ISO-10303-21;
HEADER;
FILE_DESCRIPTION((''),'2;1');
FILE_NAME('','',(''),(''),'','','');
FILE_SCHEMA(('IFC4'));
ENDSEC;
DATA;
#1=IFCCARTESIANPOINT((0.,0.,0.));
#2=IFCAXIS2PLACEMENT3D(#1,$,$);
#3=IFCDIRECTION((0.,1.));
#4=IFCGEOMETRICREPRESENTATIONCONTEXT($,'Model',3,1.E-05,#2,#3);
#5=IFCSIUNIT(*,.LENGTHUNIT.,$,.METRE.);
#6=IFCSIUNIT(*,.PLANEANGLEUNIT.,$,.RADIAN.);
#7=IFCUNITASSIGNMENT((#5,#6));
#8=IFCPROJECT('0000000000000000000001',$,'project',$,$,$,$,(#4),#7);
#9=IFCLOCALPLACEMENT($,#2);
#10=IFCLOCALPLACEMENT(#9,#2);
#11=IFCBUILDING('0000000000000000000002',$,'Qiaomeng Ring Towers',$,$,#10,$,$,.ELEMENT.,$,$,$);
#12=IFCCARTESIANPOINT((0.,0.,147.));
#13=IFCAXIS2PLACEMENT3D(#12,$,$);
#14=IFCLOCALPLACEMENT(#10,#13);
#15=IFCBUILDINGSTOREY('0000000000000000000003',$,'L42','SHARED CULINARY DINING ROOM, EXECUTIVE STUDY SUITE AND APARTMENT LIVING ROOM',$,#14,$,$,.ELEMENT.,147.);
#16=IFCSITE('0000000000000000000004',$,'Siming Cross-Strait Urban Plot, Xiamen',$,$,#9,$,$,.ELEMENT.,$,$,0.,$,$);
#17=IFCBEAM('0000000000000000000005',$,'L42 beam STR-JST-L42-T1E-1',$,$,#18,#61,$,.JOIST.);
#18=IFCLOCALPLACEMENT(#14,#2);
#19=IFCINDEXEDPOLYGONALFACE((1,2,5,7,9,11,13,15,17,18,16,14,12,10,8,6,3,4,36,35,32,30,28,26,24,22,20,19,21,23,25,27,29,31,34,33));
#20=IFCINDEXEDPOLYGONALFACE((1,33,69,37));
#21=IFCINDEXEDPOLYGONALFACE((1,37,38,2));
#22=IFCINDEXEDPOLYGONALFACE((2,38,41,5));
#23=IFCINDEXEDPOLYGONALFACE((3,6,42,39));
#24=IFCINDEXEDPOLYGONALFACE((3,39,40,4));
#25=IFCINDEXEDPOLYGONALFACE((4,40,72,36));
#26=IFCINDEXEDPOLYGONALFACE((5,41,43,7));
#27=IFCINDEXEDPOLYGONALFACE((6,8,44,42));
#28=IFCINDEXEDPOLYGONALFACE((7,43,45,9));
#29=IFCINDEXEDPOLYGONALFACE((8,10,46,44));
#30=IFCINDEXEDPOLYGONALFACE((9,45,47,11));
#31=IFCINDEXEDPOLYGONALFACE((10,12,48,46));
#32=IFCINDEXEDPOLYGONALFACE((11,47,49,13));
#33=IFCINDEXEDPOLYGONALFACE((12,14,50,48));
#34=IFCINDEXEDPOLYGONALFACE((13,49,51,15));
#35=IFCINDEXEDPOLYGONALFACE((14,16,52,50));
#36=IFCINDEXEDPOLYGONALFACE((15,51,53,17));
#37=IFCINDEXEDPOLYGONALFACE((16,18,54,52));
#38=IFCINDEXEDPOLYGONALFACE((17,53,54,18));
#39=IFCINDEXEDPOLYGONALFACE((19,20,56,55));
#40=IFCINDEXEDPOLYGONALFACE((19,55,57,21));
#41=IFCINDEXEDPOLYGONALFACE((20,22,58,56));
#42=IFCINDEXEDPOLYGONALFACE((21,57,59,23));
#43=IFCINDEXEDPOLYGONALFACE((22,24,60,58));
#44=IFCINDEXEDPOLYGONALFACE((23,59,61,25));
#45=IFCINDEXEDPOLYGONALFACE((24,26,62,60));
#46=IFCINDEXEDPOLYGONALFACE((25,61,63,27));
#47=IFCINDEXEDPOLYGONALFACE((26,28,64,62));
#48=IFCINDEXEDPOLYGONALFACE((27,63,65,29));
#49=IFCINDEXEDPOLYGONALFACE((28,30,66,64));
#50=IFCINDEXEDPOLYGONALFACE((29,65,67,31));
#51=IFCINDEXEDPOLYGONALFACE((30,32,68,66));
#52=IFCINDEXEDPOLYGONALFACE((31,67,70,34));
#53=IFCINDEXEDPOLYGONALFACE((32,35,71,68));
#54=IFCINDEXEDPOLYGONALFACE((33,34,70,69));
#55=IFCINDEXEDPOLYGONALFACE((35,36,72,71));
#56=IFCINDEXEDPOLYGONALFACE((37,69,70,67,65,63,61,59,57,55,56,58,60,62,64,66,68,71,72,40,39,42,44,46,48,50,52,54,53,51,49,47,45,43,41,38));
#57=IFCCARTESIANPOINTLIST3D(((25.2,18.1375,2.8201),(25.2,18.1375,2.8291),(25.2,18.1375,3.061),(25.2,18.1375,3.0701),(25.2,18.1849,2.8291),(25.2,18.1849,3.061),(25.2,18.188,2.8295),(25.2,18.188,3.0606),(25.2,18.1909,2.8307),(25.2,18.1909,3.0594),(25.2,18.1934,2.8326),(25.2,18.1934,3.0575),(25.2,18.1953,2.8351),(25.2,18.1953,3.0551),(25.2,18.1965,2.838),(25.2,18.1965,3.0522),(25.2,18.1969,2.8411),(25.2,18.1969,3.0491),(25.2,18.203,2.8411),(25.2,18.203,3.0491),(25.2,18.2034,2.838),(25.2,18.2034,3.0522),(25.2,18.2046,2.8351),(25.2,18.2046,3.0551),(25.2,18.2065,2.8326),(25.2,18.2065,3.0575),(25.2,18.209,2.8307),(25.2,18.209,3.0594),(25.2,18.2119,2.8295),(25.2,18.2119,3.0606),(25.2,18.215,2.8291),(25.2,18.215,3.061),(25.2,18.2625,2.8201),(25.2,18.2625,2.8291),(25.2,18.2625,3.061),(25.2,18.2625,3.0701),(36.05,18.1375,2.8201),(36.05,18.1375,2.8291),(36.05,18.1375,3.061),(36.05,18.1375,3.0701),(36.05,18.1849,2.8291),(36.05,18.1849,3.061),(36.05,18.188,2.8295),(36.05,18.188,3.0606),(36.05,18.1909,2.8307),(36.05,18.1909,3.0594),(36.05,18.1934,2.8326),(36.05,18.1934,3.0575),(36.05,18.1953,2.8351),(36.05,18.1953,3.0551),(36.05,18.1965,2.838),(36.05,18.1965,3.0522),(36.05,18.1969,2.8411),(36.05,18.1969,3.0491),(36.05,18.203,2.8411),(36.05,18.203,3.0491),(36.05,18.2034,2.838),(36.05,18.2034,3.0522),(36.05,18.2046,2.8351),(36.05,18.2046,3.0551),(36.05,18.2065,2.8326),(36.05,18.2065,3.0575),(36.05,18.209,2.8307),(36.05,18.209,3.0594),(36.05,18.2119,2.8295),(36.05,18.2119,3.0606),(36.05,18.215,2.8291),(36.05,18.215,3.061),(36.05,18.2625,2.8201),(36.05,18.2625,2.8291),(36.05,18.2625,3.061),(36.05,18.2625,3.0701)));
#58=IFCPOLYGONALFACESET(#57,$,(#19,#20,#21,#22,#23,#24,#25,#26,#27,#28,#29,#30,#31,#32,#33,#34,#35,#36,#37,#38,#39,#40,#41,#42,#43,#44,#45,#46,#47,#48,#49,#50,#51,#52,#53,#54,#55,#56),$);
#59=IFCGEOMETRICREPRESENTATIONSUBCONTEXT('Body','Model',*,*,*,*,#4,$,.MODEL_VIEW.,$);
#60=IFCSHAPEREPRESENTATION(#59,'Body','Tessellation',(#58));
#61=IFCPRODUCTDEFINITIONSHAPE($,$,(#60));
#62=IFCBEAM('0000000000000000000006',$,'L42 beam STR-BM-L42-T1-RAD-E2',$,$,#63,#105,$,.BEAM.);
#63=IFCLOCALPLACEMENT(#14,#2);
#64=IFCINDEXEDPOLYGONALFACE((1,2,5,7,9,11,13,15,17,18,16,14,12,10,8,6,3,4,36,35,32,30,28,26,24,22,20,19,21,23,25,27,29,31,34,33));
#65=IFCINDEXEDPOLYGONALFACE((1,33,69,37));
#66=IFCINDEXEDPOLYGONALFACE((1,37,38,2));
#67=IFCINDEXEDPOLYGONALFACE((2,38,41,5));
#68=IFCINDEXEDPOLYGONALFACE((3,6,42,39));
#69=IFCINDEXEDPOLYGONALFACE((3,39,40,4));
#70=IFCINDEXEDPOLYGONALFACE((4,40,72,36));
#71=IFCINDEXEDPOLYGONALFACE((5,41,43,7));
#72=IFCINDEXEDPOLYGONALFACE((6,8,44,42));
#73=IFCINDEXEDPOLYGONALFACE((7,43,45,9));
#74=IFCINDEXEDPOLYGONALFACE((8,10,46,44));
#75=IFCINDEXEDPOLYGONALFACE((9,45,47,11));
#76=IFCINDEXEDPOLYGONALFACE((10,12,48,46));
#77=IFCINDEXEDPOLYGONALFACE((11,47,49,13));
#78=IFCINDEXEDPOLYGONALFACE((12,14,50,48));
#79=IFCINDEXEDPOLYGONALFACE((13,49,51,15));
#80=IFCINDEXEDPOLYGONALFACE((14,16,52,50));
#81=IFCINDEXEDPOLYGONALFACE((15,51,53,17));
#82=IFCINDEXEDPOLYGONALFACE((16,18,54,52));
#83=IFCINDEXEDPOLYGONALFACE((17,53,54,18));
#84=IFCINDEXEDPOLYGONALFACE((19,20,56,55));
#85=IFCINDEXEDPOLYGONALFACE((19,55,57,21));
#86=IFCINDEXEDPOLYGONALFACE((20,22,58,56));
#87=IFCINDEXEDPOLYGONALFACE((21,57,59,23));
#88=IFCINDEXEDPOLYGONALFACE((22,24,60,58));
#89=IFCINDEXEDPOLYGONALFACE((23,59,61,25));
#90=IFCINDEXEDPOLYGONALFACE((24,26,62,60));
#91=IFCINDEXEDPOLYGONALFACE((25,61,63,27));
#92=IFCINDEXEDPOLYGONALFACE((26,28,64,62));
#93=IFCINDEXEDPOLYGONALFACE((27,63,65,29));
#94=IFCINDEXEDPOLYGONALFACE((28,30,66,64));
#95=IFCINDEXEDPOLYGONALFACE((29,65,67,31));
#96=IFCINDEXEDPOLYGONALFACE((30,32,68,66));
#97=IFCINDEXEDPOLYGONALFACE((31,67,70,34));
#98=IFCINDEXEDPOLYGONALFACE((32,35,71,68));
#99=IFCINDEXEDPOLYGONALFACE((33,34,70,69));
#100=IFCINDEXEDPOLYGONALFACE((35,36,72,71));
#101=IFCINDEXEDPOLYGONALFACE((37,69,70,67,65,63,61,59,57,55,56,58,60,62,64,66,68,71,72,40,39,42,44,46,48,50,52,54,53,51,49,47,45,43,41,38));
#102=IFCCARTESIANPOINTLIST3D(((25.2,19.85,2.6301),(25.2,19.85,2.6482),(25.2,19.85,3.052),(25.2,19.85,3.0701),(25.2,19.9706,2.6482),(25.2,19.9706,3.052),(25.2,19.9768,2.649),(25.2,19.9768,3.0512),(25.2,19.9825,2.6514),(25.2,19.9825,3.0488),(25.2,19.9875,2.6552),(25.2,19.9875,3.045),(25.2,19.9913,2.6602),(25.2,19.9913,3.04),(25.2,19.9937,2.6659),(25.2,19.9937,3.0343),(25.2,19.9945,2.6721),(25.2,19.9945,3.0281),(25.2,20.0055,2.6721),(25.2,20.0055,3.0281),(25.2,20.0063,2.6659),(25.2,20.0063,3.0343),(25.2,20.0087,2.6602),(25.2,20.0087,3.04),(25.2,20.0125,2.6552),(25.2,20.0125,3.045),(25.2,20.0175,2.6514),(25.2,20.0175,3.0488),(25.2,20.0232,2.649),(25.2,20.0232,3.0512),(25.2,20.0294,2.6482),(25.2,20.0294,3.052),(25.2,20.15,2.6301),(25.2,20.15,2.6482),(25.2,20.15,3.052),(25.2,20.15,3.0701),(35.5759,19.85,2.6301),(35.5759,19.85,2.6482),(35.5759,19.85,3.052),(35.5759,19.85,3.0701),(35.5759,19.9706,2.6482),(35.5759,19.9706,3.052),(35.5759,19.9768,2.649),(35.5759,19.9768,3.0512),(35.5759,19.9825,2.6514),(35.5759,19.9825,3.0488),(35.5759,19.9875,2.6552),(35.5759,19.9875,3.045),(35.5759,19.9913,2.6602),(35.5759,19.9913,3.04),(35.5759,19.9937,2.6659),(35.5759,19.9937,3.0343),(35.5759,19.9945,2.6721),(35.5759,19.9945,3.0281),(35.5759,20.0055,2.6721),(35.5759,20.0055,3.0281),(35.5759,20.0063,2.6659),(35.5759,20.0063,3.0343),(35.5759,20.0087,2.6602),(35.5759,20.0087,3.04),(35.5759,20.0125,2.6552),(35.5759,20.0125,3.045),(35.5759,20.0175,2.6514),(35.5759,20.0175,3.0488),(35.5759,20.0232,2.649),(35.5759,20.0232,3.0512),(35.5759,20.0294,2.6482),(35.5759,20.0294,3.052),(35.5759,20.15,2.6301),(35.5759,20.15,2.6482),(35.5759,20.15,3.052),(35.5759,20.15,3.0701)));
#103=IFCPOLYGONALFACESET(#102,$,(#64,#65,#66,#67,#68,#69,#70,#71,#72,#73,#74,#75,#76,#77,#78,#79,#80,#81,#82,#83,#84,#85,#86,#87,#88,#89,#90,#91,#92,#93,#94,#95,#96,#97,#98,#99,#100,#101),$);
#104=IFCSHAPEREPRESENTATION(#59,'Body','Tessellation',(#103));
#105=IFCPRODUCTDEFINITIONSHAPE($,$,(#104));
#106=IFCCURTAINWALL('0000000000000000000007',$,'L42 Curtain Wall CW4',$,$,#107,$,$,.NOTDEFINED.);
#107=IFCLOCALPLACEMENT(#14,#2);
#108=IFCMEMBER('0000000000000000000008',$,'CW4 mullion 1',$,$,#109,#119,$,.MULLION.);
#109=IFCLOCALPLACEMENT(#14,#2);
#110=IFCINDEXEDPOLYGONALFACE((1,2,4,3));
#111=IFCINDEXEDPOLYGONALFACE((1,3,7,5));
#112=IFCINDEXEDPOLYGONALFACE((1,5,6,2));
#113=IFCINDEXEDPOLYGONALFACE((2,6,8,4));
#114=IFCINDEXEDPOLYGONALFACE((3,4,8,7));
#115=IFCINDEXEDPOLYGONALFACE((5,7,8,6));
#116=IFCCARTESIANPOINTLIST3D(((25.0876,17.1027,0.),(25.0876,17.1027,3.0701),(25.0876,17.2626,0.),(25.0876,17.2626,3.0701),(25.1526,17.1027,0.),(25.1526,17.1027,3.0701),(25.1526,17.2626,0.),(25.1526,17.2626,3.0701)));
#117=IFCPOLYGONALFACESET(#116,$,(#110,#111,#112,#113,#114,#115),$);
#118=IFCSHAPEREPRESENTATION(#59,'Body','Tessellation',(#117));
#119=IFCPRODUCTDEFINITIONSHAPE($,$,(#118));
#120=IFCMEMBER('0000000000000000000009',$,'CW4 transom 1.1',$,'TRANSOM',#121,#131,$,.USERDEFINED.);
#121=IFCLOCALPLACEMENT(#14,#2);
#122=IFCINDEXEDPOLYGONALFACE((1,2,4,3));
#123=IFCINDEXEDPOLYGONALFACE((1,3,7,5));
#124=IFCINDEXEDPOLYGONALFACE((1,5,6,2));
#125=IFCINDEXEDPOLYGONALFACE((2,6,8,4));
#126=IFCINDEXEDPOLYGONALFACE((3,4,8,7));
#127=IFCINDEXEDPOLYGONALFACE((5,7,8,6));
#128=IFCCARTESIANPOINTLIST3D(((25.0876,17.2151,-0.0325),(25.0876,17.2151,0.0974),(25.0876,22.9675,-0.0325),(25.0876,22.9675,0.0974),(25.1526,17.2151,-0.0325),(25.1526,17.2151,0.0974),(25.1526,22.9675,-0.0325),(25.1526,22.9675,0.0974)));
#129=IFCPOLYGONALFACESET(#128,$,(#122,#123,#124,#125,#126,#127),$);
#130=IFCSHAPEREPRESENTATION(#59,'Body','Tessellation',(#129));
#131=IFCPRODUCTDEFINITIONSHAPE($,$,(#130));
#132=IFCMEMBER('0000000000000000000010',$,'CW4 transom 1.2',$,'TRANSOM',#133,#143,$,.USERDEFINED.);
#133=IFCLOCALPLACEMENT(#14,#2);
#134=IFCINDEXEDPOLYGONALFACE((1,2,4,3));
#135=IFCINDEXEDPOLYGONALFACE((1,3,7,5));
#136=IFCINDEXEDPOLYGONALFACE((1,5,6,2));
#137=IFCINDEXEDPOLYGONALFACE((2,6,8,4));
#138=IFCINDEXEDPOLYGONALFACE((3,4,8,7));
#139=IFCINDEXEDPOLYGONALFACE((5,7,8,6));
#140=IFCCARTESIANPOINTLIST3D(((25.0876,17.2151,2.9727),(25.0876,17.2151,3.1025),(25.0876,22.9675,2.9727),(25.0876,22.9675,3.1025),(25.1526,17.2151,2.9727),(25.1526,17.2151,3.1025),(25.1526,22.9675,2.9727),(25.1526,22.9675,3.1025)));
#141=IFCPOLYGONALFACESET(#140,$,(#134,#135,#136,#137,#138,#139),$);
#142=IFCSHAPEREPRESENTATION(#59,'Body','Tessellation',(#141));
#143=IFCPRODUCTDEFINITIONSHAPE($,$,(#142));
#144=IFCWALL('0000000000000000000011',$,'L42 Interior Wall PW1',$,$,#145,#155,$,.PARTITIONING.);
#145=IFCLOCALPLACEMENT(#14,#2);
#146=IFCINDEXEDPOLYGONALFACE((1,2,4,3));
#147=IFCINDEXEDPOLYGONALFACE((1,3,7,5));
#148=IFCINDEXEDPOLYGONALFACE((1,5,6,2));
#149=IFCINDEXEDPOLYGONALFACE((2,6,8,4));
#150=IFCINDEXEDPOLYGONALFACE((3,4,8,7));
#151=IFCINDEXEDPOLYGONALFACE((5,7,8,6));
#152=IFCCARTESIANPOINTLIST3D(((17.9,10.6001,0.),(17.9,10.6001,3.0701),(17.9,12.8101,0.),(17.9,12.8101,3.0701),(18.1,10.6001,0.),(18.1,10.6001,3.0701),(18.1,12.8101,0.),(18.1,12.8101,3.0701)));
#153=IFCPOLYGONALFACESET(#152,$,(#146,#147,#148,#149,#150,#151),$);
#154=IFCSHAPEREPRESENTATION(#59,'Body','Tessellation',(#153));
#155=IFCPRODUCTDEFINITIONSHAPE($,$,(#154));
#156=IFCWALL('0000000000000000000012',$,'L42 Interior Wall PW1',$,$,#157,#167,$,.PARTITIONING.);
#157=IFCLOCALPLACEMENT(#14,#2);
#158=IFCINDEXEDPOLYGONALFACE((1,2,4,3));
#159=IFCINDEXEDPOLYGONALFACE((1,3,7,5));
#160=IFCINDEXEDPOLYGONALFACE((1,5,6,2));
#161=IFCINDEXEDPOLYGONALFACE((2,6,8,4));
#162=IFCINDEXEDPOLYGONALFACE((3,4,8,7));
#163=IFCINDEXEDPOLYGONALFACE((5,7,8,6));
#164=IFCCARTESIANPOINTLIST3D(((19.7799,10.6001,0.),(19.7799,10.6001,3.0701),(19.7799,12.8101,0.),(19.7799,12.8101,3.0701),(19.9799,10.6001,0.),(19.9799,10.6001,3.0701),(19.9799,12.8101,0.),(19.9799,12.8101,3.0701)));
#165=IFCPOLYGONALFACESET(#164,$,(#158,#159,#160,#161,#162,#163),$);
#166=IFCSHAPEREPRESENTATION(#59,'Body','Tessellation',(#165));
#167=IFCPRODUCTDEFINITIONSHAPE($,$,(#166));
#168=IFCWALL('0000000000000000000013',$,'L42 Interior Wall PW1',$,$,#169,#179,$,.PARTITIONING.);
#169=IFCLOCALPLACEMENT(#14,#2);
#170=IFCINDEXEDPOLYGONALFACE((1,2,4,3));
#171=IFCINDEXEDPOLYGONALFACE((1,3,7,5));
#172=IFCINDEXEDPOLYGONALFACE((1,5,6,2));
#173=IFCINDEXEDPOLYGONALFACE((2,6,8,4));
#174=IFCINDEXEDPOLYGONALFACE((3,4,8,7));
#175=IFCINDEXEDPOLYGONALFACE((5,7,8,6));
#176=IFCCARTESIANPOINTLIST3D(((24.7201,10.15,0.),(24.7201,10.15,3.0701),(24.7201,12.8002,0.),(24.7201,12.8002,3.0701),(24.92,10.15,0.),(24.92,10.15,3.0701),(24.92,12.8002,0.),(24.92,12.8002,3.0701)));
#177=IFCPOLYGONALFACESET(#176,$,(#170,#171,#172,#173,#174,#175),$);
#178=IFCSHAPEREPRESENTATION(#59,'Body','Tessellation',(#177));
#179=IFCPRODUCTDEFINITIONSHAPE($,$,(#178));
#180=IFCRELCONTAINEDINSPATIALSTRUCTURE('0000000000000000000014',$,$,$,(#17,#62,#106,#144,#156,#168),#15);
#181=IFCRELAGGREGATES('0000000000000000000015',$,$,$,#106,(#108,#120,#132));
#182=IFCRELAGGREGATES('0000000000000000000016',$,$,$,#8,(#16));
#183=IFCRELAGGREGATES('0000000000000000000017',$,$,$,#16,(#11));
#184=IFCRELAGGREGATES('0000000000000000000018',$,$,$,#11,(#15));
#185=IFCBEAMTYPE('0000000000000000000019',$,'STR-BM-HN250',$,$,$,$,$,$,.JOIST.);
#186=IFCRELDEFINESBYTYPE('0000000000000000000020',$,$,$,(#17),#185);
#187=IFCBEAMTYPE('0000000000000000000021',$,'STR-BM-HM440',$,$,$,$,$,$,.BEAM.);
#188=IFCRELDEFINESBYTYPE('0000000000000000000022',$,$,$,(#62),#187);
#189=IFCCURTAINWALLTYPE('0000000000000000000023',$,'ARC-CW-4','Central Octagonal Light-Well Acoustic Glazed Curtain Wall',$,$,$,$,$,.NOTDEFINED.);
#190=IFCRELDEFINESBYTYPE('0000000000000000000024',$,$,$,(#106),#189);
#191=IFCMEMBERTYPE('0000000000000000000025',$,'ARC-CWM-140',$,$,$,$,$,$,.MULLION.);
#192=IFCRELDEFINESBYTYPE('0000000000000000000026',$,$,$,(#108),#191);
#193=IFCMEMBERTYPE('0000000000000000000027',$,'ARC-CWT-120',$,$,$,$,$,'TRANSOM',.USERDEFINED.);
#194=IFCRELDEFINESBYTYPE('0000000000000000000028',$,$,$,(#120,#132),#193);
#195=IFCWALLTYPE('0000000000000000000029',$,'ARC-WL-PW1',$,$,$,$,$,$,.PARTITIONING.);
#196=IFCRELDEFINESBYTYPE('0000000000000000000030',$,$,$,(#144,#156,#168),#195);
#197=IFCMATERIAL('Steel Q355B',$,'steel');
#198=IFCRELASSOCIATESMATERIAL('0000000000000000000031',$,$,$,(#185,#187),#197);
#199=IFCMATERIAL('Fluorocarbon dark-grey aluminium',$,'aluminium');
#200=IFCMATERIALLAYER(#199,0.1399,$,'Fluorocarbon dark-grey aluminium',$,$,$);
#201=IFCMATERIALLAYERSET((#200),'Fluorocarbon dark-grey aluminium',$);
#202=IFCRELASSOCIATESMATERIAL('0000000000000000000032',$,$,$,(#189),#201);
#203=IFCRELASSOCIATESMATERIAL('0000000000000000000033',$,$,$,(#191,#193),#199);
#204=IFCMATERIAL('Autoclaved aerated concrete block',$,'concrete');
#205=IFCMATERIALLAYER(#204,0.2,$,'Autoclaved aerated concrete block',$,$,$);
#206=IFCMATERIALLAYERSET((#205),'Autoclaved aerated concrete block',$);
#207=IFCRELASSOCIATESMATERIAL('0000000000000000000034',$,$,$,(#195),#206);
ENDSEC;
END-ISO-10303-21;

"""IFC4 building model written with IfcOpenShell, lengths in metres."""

from ifc_helpers import new_model, si_unit, direction, frame, frame_2d, origin, origin_2d, place, context, subcontext, project, spatial, rectangle, i_section, extrude, source, transform, mapped, material, layer, layer_set, material_profile, profile_set, type_object, element, aggregate, save


model = new_model("IFC4")

# Units and contexts
model_context = context("Model", 3, precision=1e-05, world=origin(), true_north=direction((0.0, 1.0)))
body_context = subcontext(model_context, "Body", "Model", "MODEL_VIEW")
ifc_project = project(units=[si_unit("LENGTHUNIT", "METRE"), si_unit("PLANEANGLEUNIT", "RADIAN")], contexts=[model_context])

# Site, building, storey
site_placement = place(None, origin())
site = spatial("IfcSite", under=ifc_project, at=site_placement, Name="Siming Cross-Strait Urban Plot, Xiamen", CompositionType="ELEMENT", RefElevation=0.0)
building_placement = place(site_placement, origin())
building = spatial("IfcBuilding", under=site, at=building_placement, Name="Qiaomeng Ring Towers", CompositionType="ELEMENT")
storey_placement = place(building_placement, frame((0.0, 0.0, 147.0)))
storey = spatial("IfcBuildingStorey", under=building, at=storey_placement, Name="L42", Description="SHARED CULINARY DINING ROOM, EXECUTIVE STUDY SUITE AND APARTMENT LIVING ROOM", CompositionType="ELEMENT", Elevation=147.0)

# Beams
ifc_material_1 = material(Name="Steel Q355B", Category="steel")
ifc_material_profile_1 = material_profile(ifc_material_1, i_section(OverallWidth=0.125, OverallDepth=0.25, WebThickness=0.0061, FlangeThickness=0.009, FilletRadius=0.012, at=origin_2d()), Name="HN 250x125x6x9")
ifc_profile_set_1 = profile_set([ifc_material_profile_1], Name="Steel Q355B")
beam_type_1 = type_object("IfcBeamType", Name="STR-BM-HN250", PredefinedType="JOIST", material=ifc_profile_set_1)
shared_shape_1 = source(origin(), body_context, "Body", "SweptSolid", [
    extrude(i_section(OverallWidth=0.125, OverallDepth=0.25, WebThickness=0.0061, FlangeThickness=0.009, FilletRadius=0.012, at=origin_2d()), origin(), (0.0, 0.0, 1.0), 10.8501),
])
beam_1_placement = place(storey_placement, frame((25.2, 18.2, 2.9451), z_axis=(1.0, 0.0, 0.0), x_axis=(0.0, 1.0, 0.0)))
element("IfcBeam", 1, at=beam_1_placement, inside=storey, type_object=beam_type_1, Name="L42 beam STR-JST-L42-T1E-1", PredefinedType="JOIST", context=body_context, shape_type="MappedRepresentation", body=[
    mapped(shared_shape_1, transform((0.0, 0.0, 0.0), x_axis=(1.0, 0.0, 0.0), y_axis=(0.0, 1.0, 0.0), z_axis=(0.0, 0.0, 1.0), scale=1.0)),
])
ifc_material_profile_2 = material_profile(ifc_material_1, i_section(OverallWidth=0.3, OverallDepth=0.4399, WebThickness=0.011, FlangeThickness=0.0181, FilletRadius=0.0239, at=origin_2d()), Name="HM 440x300x11x18")
ifc_profile_set_2 = profile_set([ifc_material_profile_2], Name="Steel Q355B")
beam_type_2 = type_object("IfcBeamType", Name="STR-BM-HM440", PredefinedType="BEAM", material=ifc_profile_set_2)
shared_shape_2 = source(origin(), body_context, "Body", "SweptSolid", [
    extrude(i_section(OverallWidth=0.3, OverallDepth=0.4399, WebThickness=0.011, FlangeThickness=0.0181, FilletRadius=0.0239, at=origin_2d()), origin(), (0.0, 0.0, 1.0), 10.376),
])
beam_2_placement = place(storey_placement, frame((25.2, 20.0, 2.8501), z_axis=(1.0, 0.0, 0.0), x_axis=(0.0, 1.0, 0.0)))
element("IfcBeam", 2, at=beam_2_placement, inside=storey, type_object=beam_type_2, Name="L42 beam STR-BM-L42-T1-RAD-E2", PredefinedType="BEAM", context=body_context, shape_type="MappedRepresentation", body=[
    mapped(shared_shape_2, transform((0.0, 0.0, 0.0), x_axis=(1.0, 0.0, 0.0), y_axis=(0.0, 1.0, 0.0), z_axis=(0.0, 0.0, 1.0), scale=1.0)),
])

# Curtain wall, members
ifc_material_2 = material(Name="Fluorocarbon dark-grey aluminium", Category="aluminium")
ifc_layer_1 = layer(ifc_material_2, 0.1399, Name="Fluorocarbon dark-grey aluminium")
ifc_layer_set_1 = layer_set([ifc_layer_1], Name="Fluorocarbon dark-grey aluminium")
curtain_wall_type = type_object("IfcCurtainWallType", Name="ARC-CW-4", Description="Central Octagonal Light-Well Acoustic Glazed Curtain Wall", PredefinedType="NOTDEFINED", material=ifc_layer_set_1)
curtain_wall_placement = place(storey_placement, origin())
curtain_wall = element("IfcCurtainWall", 3, at=curtain_wall_placement, inside=storey, type_object=curtain_wall_type, Name="L42 Curtain Wall CW4", PredefinedType="NOTDEFINED")
ifc_material_profile_3 = material_profile(ifc_material_2, rectangle(XDim=0.0649, YDim=0.1599, at=origin_2d()), Name="ALU MULL 65x160")
ifc_profile_set_3 = profile_set([ifc_material_profile_3], Name="Fluorocarbon dark-grey aluminium")
member_type_1 = type_object("IfcMemberType", Name="ARC-CWM-140", PredefinedType="MULLION", material=ifc_profile_set_3)
shared_shape_3 = source(origin(), body_context, "Body", "SweptSolid", [
    extrude(rectangle(XDim=0.0649, YDim=0.1599, at=origin_2d()), origin(), (0.0, 0.0, 1.0), 3.0701),
])
member_1_placement = place(storey_placement, frame((25.1201, 17.1826, 0.0), z_axis=(0.0, 0.0, 1.0), x_axis=(-1.0, 0.0, 0.0)))
member_1 = element("IfcMember", 4, at=member_1_placement, type_object=member_type_1, Name="CW4 mullion 1", PredefinedType="MULLION", context=body_context, shape_type="MappedRepresentation", body=[
    mapped(shared_shape_3, transform((0.0, 0.0, 0.0), x_axis=(1.0, 0.0, 0.0), y_axis=(0.0, 1.0, 0.0), z_axis=(0.0, 0.0, 1.0), scale=1.0)),
])
ifc_material_profile_4 = material_profile(ifc_material_2, rectangle(XDim=0.0649, YDim=0.1299, at=origin_2d()), Name="ALU TRAN 65x130")
ifc_profile_set_4 = profile_set([ifc_material_profile_4], Name="Fluorocarbon dark-grey aluminium")
member_type_2 = type_object("IfcMemberType", Name="ARC-CWT-120", ElementType="TRANSOM", PredefinedType="USERDEFINED", material=ifc_profile_set_4)
shared_shape_4 = source(origin(), body_context, "Body", "SweptSolid", [
    extrude(rectangle(XDim=0.0649, YDim=0.1299, at=origin_2d()), origin(), (0.0, 0.0, 1.0), 5.7524),
])
member_2_placement = place(storey_placement, frame((25.1201, 17.2151, 0.0325), z_axis=(0.0, 1.0, 0.0), x_axis=(-1.0, 0.0, 0.0)))
member_2 = element("IfcMember", 5, at=member_2_placement, type_object=member_type_2, Name="CW4 transom 1.1", ObjectType="TRANSOM", PredefinedType="USERDEFINED", context=body_context, shape_type="MappedRepresentation", body=[
    mapped(shared_shape_4, transform((0.0, 0.0, 0.0), x_axis=(1.0, 0.0, 0.0), y_axis=(0.0, 1.0, 0.0), z_axis=(0.0, 0.0, 1.0), scale=1.0)),
])
member_3_placement = place(storey_placement, frame((25.1201, 17.2151, 3.0376), z_axis=(0.0, 1.0, 0.0), x_axis=(-1.0, 0.0, 0.0)))
member_3 = element("IfcMember", 6, at=member_3_placement, type_object=member_type_2, Name="CW4 transom 1.2", ObjectType="TRANSOM", PredefinedType="USERDEFINED", context=body_context, shape_type="MappedRepresentation", body=[
    mapped(shared_shape_4, transform((0.0, 0.0, 0.0), x_axis=(1.0, 0.0, 0.0), y_axis=(0.0, 1.0, 0.0), z_axis=(0.0, 0.0, 1.0), scale=1.0)),
])
aggregate(curtain_wall, [member_1, member_2, member_3])

# Walls
ifc_material_3 = material(Name="Autoclaved aerated concrete block", Category="concrete")
ifc_layer_2 = layer(ifc_material_3, 0.2, Name="Autoclaved aerated concrete block")
ifc_layer_set_2 = layer_set([ifc_layer_2], Name="Autoclaved aerated concrete block")
wall_type_1 = type_object("IfcWallType", Name="ARC-WL-PW1", PredefinedType="PARTITIONING", material=ifc_layer_set_2)
for number, where, z_axis, x_axis, name in (
    (7, (18.0, 10.6001, 0.0), (0.0, 0.0, 1.0), (0.0, 1.0, 0.0), "L42 Interior Wall PW1"),
    (8, (19.8799, 10.6001, 0.0), (0.0, 0.0, 1.0), (0.0, 1.0, 0.0), "L42 Interior Wall PW1"),
):
    element("IfcWall", number, at=place(storey_placement, frame(where, z_axis=z_axis, x_axis=x_axis)), inside=storey, type_object=wall_type_1, Name=name, PredefinedType="PARTITIONING", context=body_context, shape_type="SweptSolid", body=[
        extrude(rectangle(XDim=2.21, YDim=0.2, at=frame_2d((1.105, 0.0))), origin(), (0.0, 0.0, 1.0), 3.0701),
    ])
wall_1_placement = place(storey_placement, frame((24.8201, 10.1499, 0.0), z_axis=(0.0, 0.0, 1.0), x_axis=(0.0, 1.0, 0.0)))
element("IfcWall", 9, at=wall_1_placement, inside=storey, type_object=wall_type_1, Name="L42 Interior Wall PW1", PredefinedType="PARTITIONING", context=body_context, shape_type="SweptSolid", body=[
    extrude(rectangle(XDim=2.6501, YDim=0.2, at=frame_2d((1.3252, 0.0))), origin(), (0.0, 0.0, 1.0), 3.0701),
])

save(model, "model.ifc")
